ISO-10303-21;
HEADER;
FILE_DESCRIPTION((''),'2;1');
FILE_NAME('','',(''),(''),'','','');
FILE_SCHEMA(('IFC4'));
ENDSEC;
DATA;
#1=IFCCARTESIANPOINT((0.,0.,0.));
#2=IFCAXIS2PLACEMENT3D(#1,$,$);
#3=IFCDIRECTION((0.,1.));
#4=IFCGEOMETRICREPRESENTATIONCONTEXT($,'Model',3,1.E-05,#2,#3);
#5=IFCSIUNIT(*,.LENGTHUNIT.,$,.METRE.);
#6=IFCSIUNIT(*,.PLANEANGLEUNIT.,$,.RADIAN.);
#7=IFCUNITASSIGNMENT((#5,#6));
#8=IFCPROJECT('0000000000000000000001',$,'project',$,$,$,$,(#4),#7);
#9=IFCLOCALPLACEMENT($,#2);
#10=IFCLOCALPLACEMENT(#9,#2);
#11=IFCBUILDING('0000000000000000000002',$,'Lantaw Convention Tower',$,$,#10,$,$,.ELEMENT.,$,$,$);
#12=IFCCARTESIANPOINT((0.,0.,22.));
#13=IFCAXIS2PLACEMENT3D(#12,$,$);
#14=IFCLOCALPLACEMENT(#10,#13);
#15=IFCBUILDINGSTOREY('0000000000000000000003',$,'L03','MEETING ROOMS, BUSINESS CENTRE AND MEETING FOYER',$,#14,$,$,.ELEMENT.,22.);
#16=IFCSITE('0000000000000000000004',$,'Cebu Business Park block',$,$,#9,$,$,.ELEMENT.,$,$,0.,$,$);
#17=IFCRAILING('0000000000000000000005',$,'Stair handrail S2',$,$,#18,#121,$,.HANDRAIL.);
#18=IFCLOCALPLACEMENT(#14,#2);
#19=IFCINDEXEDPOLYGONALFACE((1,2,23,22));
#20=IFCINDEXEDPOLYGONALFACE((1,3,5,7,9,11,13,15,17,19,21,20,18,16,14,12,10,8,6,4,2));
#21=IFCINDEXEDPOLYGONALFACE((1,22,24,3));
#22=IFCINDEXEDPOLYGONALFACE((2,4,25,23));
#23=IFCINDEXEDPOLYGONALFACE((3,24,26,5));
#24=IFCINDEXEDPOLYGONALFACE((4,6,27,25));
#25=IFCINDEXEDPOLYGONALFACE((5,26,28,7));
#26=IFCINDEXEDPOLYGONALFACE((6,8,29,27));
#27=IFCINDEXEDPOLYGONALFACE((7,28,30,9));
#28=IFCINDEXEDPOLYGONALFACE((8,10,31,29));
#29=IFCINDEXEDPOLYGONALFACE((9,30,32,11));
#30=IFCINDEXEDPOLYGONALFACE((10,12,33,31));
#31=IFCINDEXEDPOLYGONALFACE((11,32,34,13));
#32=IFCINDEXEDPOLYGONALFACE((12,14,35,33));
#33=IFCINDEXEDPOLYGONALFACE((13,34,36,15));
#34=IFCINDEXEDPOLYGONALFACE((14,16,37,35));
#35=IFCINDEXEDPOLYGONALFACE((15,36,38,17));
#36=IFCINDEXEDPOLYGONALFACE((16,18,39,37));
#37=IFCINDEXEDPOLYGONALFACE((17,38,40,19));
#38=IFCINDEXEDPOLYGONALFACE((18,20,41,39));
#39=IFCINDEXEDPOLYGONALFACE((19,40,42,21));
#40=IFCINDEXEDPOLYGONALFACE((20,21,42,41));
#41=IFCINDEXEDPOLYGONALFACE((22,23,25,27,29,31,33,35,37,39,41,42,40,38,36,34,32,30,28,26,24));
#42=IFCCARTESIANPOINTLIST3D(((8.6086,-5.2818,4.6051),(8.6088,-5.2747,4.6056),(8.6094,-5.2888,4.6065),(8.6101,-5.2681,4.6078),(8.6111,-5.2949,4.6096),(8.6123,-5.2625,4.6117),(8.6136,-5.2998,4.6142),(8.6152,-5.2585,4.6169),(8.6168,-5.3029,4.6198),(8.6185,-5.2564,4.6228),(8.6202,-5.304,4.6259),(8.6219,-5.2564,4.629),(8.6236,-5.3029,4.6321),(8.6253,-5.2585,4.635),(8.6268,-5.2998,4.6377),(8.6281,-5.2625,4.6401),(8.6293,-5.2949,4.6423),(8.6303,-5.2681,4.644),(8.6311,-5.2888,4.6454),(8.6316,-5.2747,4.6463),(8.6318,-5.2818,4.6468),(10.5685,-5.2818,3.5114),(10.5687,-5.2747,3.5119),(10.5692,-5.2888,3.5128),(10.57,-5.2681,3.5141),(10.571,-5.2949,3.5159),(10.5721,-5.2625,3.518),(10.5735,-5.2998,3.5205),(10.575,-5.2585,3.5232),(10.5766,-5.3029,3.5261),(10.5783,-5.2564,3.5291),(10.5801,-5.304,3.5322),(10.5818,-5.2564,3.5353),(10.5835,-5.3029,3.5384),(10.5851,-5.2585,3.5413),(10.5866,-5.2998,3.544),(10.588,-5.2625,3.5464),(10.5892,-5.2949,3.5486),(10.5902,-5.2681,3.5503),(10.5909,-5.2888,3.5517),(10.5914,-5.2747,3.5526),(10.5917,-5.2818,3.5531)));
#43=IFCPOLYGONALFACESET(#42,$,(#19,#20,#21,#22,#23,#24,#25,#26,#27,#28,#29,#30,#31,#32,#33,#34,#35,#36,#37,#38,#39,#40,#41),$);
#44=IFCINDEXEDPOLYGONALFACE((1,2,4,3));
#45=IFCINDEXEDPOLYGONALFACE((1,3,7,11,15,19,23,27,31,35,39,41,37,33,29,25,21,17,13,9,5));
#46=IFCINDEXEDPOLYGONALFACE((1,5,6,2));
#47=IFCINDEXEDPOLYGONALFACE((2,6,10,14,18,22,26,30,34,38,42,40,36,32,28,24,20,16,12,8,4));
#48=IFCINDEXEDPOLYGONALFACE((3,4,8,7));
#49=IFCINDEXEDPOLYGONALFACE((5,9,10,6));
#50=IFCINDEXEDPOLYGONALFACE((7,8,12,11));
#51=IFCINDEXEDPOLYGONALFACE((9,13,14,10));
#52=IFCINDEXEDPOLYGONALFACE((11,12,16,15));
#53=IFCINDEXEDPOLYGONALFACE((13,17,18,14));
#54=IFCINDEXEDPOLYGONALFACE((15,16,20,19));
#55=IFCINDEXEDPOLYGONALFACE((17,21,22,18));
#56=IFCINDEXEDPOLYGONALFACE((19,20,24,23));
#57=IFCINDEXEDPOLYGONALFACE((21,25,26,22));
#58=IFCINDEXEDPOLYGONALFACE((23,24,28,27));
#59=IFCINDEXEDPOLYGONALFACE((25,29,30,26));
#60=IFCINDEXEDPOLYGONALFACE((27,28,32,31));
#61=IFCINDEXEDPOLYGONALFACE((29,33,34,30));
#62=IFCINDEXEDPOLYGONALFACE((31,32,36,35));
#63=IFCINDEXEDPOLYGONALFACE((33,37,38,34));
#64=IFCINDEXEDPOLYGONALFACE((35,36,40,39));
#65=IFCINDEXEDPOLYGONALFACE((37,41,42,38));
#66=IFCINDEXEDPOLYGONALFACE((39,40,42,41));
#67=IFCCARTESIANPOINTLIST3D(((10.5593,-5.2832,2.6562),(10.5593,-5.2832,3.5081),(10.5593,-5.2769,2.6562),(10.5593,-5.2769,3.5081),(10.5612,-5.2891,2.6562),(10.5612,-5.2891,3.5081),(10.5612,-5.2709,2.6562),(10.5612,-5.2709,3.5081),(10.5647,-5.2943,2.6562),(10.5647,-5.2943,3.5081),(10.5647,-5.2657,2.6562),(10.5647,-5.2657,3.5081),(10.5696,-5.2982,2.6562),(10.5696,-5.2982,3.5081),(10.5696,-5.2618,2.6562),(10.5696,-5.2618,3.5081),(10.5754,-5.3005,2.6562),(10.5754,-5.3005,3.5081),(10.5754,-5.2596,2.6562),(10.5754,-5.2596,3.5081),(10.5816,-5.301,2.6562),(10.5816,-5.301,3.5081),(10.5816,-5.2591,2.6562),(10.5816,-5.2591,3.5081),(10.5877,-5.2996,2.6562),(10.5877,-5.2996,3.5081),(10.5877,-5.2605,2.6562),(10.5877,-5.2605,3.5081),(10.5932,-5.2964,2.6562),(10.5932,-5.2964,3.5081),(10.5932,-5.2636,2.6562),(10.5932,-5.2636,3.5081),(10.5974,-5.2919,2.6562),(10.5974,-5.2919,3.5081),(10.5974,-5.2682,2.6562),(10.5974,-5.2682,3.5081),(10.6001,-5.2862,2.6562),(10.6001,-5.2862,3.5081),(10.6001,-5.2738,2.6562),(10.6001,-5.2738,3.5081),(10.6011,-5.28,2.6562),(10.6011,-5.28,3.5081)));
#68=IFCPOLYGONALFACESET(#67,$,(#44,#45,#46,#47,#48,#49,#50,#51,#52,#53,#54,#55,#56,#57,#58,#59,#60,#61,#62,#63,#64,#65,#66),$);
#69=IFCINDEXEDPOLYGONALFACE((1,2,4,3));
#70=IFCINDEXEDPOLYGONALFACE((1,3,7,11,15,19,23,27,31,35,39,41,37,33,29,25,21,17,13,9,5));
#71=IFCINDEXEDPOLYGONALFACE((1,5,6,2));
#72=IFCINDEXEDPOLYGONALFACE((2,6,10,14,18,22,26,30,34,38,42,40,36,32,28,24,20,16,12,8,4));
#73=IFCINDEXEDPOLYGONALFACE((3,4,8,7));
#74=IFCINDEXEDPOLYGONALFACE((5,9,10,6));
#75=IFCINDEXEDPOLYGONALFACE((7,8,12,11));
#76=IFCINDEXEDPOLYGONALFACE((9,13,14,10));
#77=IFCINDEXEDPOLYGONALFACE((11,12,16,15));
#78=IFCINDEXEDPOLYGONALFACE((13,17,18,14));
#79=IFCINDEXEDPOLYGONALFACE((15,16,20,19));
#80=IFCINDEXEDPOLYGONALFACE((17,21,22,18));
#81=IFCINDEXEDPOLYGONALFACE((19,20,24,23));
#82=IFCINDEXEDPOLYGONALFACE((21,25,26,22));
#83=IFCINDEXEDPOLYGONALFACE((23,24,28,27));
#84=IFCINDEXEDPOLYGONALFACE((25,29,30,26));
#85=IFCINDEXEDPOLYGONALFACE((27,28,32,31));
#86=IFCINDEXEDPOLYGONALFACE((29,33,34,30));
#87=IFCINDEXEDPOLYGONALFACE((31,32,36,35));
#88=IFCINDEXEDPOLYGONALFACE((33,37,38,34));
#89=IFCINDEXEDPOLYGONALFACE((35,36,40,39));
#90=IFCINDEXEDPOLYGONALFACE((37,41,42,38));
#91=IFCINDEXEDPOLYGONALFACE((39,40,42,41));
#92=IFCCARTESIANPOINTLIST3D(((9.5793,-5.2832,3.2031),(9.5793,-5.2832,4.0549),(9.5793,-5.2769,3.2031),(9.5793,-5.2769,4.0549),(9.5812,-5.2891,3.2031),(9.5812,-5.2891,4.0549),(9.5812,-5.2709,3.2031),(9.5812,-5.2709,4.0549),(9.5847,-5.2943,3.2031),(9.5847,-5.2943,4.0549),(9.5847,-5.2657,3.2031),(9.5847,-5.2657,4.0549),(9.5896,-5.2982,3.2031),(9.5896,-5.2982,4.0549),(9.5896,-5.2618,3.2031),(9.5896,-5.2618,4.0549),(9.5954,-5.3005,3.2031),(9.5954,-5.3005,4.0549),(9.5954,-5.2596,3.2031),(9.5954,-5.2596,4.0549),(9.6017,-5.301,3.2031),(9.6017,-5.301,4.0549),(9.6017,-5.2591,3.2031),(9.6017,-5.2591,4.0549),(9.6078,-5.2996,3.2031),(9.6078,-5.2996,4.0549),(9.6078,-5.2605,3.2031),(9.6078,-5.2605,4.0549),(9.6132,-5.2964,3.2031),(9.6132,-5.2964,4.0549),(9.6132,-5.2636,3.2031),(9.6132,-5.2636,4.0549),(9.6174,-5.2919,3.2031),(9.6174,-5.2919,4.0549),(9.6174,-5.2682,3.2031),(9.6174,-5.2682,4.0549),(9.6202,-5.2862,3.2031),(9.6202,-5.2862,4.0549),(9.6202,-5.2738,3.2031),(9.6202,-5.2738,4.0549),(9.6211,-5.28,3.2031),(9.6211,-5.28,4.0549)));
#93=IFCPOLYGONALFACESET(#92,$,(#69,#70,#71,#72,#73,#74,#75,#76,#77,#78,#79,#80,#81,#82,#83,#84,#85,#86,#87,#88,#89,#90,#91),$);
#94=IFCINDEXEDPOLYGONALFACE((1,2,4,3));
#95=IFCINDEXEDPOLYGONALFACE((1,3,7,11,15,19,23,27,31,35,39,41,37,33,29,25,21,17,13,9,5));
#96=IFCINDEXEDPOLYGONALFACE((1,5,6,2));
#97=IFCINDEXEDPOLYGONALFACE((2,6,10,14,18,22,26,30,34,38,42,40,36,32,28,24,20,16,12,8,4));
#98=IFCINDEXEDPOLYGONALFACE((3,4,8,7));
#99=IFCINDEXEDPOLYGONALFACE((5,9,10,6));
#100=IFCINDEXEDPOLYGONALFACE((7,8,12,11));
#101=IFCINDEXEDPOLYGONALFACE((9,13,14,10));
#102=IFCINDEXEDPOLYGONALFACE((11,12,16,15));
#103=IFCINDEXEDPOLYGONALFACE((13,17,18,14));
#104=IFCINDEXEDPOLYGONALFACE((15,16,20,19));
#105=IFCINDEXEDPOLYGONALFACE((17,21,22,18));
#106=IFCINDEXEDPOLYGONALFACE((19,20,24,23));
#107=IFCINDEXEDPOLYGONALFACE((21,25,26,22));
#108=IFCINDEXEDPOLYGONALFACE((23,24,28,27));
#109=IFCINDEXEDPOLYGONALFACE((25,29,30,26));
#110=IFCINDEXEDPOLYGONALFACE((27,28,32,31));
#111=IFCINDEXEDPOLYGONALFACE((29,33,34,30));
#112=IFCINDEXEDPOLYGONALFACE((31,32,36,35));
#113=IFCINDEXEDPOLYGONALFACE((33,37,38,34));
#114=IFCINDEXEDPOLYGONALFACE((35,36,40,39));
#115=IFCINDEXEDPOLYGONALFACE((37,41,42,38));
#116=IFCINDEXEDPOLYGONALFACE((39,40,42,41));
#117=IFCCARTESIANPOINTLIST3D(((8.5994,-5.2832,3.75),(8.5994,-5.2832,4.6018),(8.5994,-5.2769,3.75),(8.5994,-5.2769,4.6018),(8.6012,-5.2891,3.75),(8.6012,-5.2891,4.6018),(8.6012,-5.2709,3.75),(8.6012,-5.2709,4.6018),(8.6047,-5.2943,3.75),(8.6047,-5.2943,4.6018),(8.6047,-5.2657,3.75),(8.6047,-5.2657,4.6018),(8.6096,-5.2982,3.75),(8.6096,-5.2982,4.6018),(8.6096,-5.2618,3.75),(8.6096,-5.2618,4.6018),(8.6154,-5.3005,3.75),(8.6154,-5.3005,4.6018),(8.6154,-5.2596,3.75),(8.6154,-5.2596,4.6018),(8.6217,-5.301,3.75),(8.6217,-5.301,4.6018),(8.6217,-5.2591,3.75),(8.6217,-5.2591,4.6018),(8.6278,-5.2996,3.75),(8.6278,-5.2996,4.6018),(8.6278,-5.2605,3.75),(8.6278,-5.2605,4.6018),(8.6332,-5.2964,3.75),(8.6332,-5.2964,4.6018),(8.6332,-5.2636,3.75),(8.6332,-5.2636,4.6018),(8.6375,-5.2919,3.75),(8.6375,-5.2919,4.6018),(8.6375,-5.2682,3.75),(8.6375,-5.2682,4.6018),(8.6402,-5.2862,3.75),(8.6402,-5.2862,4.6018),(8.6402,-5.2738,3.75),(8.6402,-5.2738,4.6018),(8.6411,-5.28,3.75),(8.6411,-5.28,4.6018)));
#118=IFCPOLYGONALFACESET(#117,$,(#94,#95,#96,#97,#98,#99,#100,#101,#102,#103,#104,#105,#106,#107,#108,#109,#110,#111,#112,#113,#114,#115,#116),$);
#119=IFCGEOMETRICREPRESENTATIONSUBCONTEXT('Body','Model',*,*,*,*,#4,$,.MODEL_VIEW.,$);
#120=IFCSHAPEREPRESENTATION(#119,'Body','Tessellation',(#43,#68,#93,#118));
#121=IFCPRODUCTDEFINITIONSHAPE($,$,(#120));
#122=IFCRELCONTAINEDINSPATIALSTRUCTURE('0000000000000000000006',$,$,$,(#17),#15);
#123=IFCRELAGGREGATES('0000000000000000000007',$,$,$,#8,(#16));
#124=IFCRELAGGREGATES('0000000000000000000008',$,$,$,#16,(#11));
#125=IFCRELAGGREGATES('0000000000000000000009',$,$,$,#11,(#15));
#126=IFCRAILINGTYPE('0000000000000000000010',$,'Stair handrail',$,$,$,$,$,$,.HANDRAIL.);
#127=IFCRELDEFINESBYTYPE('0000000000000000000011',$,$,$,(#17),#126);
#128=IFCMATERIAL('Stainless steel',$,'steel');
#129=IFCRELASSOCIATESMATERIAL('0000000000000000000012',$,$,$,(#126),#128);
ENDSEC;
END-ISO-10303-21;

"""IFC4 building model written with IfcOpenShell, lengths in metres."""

from ifc_helpers import new_model, si_unit, direction, frame, origin, origin_2d, place, context, subcontext, project, spatial, circle, extrude, material, type_object, element, save


model = new_model("IFC4")

# Units and contexts
model_context = context("Model", 3, precision=1e-05, world=origin(), true_north=direction((0.0, 1.0)))
body_context = subcontext(model_context, "Body", "Model", "MODEL_VIEW")
ifc_project = project(units=[si_unit("LENGTHUNIT", "METRE"), si_unit("PLANEANGLEUNIT", "RADIAN")], contexts=[model_context])

# Site, building, storey
site_placement = place(None, origin())
site = spatial("IfcSite", under=ifc_project, at=site_placement, Name="Cebu Business Park block", CompositionType="ELEMENT", RefElevation=0.0)
building_placement = place(site_placement, origin())
building = spatial("IfcBuilding", under=site, at=building_placement, Name="Lantaw Convention Tower", CompositionType="ELEMENT")
storey_placement = place(building_placement, frame((0.0, 0.0, 22.0)))
storey = spatial("IfcBuildingStorey", under=building, at=storey_placement, Name="L03", Description="MEETING ROOMS, BUSINESS CENTRE AND MEETING FOYER", CompositionType="ELEMENT", Elevation=22.0)

# Railing
ifc_material_1 = material(Name="Stainless steel", Category="steel")
railing_type = type_object("IfcRailingType", Name="Stair handrail", PredefinedType="HANDRAIL", material=ifc_material_1)
railing_1_placement = place(storey_placement, frame((10.5801, -5.28, 2.6562)))
element("IfcRailing", 1, at=railing_1_placement, inside=storey, type_object=railing_type, Name="Stair handrail S2", PredefinedType="HANDRAIL", context=body_context, shape_type="SweptSolid", body=[
    extrude(circle(Radius=0.0239, at=origin_2d()), frame((0.0, 0.0, 0.876), z_axis=(-0.873232, 0.0, 0.487304), x_axis=(0.0, -1.0, 0.0)), (0.0, 0.0, 1.0), 2.2444),
    extrude(circle(Radius=0.021, at=origin_2d()), origin(), (0.0, 0.0, 1.0), 0.8518),
    extrude(circle(Radius=0.021, at=origin_2d()), frame((-0.98, 0.0, 0.5469)), (0.0, 0.0, 1.0), 0.8518),
    extrude(circle(Radius=0.021, at=origin_2d()), frame((-1.96, 0.0, 1.0938)), (0.0, 0.0, 1.0), 0.8518),
])

save(model, "model.ifc")
